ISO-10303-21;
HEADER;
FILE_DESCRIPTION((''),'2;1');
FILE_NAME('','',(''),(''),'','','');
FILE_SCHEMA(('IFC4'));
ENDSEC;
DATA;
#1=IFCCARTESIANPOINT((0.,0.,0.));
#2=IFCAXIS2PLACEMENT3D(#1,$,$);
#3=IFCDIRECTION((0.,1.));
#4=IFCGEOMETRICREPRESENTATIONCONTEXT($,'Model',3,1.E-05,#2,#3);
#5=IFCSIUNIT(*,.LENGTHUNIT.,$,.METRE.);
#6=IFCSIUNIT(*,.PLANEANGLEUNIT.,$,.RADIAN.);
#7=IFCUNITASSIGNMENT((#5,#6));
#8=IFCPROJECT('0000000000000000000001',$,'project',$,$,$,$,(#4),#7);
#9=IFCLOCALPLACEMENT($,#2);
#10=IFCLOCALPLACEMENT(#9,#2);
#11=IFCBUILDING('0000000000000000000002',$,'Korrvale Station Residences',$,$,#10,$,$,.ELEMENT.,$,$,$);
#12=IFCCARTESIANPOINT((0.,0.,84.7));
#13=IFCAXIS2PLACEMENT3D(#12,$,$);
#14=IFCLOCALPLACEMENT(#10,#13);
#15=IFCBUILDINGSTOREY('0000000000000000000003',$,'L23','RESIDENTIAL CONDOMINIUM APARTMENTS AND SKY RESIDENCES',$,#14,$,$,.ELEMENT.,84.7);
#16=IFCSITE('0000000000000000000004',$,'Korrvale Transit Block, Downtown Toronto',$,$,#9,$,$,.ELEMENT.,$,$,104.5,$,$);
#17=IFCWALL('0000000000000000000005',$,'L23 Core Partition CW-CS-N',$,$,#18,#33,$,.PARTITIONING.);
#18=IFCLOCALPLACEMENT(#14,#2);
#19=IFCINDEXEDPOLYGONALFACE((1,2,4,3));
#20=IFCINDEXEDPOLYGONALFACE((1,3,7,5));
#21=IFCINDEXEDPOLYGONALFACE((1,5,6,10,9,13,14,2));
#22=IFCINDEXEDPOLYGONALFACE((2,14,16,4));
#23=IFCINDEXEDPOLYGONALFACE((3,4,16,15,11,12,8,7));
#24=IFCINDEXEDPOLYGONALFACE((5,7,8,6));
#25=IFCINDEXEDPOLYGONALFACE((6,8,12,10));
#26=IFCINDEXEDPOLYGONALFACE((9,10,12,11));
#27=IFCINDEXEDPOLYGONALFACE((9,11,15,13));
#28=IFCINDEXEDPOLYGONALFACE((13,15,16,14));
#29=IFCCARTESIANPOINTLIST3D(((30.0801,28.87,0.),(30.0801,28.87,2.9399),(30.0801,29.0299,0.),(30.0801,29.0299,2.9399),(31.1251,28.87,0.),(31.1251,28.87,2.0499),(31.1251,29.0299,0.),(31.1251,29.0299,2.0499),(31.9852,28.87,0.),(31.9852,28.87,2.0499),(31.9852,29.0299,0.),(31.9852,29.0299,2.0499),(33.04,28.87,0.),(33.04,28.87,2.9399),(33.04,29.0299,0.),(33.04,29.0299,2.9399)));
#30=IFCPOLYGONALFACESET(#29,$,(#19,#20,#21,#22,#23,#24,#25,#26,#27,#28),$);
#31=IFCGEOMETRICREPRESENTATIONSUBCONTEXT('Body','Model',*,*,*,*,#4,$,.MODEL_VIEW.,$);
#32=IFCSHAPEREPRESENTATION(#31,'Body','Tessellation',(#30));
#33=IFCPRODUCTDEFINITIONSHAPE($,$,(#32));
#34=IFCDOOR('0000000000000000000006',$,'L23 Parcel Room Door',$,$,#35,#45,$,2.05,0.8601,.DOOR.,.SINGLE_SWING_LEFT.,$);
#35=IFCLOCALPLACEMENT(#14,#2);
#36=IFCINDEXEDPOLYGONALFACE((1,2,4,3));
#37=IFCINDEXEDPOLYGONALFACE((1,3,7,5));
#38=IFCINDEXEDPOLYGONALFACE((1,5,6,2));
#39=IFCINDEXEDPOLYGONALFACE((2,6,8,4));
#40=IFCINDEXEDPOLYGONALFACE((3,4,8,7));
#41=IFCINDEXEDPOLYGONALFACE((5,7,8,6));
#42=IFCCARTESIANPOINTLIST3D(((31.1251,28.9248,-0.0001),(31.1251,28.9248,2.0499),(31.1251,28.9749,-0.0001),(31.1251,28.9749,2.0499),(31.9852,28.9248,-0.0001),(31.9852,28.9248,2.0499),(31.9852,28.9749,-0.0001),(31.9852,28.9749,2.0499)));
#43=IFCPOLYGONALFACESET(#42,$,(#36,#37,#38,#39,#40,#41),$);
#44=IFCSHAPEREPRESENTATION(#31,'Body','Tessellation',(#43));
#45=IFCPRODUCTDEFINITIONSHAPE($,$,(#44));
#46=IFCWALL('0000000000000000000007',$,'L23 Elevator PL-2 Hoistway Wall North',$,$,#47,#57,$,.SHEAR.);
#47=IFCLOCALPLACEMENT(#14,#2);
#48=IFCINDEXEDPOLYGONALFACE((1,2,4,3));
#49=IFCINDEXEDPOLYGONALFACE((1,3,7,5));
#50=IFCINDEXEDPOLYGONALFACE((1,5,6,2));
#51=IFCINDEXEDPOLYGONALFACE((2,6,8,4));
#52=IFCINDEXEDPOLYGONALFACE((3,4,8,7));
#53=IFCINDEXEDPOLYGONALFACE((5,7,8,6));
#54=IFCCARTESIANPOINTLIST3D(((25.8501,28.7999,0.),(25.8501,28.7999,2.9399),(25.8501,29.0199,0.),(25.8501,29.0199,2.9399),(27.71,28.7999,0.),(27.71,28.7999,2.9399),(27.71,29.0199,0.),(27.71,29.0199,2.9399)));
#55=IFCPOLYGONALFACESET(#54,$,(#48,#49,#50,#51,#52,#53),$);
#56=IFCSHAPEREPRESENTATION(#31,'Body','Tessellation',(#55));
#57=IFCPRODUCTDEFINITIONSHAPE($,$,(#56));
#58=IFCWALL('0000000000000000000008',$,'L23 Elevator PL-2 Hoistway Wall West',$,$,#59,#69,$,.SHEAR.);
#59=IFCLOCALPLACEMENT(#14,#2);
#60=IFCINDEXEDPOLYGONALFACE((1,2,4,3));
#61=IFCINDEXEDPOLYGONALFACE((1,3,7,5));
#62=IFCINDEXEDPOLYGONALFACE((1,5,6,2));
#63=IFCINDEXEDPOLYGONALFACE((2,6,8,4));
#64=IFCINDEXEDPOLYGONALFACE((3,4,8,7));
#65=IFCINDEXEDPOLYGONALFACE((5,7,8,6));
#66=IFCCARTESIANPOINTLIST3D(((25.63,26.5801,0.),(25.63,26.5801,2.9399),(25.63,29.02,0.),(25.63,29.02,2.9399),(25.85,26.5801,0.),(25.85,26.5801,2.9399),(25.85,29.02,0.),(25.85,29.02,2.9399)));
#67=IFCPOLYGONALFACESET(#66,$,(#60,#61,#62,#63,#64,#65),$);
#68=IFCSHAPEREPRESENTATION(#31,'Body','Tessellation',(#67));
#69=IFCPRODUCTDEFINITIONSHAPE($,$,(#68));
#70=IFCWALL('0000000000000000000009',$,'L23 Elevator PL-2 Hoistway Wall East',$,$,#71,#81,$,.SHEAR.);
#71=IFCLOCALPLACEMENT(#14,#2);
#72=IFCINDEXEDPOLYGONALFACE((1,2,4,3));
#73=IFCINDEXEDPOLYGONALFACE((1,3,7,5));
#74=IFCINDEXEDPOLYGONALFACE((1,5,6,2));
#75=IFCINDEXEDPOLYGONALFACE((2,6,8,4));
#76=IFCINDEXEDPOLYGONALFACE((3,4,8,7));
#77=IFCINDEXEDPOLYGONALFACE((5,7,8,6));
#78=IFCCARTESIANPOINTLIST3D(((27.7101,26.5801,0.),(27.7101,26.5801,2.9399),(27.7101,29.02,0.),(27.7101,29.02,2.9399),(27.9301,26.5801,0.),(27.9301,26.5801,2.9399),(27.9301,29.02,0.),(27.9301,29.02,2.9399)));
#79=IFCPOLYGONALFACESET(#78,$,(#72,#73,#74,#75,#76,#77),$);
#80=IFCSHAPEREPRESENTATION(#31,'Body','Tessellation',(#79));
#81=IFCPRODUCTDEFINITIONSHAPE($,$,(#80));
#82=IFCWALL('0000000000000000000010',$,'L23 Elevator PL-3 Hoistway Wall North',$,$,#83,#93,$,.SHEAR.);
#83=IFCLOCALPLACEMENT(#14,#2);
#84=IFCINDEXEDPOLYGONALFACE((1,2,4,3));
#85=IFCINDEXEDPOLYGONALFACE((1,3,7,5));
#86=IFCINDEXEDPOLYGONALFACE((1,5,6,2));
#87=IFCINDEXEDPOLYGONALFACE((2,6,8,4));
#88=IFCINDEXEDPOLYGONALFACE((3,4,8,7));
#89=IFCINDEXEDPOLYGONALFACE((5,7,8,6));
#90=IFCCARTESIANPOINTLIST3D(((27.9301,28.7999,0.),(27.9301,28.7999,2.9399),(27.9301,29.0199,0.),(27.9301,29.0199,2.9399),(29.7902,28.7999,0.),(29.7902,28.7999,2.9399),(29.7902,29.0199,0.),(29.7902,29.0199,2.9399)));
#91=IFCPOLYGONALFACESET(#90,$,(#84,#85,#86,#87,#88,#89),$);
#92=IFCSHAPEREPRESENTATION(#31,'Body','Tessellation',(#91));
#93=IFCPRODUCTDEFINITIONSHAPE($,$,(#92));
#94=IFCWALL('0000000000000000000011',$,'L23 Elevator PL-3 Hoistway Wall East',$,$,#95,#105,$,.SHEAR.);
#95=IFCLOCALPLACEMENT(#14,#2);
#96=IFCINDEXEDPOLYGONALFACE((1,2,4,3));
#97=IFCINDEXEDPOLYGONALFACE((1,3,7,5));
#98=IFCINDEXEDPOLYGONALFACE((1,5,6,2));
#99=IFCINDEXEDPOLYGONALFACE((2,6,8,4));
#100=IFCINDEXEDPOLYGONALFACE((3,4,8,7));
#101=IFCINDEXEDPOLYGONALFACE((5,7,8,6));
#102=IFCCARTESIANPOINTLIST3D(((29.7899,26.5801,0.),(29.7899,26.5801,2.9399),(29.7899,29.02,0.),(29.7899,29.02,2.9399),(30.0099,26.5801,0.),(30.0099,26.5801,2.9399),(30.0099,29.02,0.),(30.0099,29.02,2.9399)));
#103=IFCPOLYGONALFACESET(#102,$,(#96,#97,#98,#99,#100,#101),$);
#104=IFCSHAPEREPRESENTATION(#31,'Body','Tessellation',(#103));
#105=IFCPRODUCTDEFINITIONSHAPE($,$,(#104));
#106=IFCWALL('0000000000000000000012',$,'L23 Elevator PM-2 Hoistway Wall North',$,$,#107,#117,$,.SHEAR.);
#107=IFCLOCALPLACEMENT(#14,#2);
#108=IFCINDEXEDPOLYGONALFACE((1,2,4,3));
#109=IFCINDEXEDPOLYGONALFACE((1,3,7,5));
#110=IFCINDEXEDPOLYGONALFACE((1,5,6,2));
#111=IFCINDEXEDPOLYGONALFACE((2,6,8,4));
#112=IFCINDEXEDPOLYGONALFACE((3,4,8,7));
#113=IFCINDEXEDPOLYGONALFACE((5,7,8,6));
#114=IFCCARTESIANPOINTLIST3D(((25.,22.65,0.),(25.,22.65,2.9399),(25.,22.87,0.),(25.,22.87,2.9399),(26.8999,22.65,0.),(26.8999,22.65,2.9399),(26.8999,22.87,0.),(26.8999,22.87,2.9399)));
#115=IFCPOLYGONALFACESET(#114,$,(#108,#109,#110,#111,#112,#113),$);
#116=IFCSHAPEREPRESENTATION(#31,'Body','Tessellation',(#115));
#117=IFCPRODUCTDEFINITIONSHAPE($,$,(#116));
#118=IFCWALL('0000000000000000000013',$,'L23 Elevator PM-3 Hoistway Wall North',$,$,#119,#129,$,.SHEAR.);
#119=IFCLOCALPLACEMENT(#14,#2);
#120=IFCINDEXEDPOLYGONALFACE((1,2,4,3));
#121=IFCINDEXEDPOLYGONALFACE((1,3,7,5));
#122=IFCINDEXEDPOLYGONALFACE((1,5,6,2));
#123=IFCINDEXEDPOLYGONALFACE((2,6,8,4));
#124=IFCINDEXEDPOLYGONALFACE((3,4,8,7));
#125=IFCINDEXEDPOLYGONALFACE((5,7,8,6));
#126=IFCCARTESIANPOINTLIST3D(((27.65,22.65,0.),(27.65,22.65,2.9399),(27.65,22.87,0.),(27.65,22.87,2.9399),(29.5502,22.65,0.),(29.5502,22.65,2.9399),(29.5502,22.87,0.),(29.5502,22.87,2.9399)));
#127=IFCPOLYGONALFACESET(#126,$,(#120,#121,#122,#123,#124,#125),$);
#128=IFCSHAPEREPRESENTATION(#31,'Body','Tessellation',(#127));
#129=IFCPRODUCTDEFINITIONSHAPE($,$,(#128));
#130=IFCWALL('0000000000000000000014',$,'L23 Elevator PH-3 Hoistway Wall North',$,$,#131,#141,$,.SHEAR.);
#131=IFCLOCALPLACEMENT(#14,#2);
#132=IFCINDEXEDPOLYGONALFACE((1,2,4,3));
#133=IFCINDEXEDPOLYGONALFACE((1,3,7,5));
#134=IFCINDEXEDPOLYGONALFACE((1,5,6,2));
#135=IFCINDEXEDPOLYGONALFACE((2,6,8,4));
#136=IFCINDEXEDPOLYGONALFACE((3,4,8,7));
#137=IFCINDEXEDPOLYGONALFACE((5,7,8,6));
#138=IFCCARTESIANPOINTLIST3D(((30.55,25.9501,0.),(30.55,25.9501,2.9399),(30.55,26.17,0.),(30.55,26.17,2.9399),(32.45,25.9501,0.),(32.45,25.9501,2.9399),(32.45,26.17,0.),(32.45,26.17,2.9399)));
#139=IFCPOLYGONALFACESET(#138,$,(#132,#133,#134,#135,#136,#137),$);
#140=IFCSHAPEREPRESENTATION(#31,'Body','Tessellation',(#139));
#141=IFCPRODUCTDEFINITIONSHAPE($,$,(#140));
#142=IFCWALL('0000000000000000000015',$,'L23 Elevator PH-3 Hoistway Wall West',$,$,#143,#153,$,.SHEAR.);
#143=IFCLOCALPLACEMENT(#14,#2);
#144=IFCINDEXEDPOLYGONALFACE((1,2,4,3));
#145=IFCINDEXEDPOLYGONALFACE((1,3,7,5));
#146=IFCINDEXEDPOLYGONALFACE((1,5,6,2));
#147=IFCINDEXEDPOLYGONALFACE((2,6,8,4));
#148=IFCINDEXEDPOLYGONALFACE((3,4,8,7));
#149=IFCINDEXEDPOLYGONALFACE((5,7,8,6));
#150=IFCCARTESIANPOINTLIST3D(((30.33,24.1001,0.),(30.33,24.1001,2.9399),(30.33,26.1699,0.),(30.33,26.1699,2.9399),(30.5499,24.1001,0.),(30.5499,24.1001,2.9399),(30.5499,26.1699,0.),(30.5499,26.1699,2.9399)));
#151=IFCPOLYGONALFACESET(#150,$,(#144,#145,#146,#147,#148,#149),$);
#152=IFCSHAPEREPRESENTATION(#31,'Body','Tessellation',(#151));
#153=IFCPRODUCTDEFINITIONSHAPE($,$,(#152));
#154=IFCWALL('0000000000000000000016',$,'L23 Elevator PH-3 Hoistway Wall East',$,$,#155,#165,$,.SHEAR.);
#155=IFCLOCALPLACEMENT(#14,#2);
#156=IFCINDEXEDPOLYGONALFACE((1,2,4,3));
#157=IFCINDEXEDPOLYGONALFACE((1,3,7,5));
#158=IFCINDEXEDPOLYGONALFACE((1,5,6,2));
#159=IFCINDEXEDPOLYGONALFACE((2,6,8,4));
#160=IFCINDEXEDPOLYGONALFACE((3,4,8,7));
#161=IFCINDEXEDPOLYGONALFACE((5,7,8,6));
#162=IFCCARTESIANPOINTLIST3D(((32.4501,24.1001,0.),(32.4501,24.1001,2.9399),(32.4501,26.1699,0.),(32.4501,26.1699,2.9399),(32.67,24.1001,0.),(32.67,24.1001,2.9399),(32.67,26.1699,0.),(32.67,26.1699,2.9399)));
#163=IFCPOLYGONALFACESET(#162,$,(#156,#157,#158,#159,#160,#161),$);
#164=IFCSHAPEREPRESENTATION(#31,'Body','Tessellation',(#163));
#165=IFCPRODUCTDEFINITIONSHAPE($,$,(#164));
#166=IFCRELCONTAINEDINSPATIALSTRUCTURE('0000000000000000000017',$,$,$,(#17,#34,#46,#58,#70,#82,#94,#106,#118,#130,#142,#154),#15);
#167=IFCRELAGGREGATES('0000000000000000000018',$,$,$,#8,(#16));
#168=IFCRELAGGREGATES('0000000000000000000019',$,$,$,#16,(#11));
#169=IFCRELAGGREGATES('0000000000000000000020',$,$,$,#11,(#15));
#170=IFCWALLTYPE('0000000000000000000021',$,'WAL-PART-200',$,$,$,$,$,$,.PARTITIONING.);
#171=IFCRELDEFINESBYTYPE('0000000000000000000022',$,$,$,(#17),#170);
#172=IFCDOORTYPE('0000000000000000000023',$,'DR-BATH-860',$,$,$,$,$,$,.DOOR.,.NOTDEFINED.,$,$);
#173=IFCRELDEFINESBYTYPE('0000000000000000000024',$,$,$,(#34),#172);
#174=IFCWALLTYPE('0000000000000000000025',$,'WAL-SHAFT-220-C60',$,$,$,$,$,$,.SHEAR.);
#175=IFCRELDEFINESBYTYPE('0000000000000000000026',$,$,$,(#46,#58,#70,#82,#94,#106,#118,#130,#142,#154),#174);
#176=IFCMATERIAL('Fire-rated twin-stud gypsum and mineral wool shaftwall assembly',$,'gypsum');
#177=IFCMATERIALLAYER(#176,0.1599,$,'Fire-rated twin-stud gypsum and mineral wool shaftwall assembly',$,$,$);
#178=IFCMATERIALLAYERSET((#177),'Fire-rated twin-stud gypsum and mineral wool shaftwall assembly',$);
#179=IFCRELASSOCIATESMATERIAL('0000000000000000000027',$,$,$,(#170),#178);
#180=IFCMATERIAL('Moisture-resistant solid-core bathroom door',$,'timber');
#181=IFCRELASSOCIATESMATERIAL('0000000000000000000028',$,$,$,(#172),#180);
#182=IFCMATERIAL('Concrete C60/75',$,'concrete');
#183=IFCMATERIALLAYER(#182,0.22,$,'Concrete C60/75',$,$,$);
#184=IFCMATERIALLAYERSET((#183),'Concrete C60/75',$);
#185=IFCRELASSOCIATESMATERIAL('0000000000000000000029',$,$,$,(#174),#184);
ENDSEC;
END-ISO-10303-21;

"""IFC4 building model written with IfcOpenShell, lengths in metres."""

from ifc_helpers import new_model, si_unit, direction, frame, frame_2d, origin, place, context, subcontext, project, spatial, rectangle, extrude, material, layer, layer_set, type_object, element, fill, save


model = new_model("IFC4")

# Units and contexts
model_context = context("Model", 3, precision=1e-05, world=origin(), true_north=direction((0.0, 1.0)))
body_context = subcontext(model_context, "Body", "Model", "MODEL_VIEW")
ifc_project = project(units=[si_unit("LENGTHUNIT", "METRE"), si_unit("PLANEANGLEUNIT", "RADIAN")], contexts=[model_context])

# Site, building, storey
site_placement = place(None, origin())
site = spatial("IfcSite", under=ifc_project, at=site_placement, Name="Korrvale Transit Block, Downtown Toronto", CompositionType="ELEMENT", RefElevation=104.5)
building_placement = place(site_placement, origin())
building = spatial("IfcBuilding", under=site, at=building_placement, Name="Korrvale Station Residences", CompositionType="ELEMENT")
storey_placement = place(building_placement, frame((0.0, 0.0, 84.7)))
storey = spatial("IfcBuildingStorey", under=building, at=storey_placement, Name="L23", Description="RESIDENTIAL CONDOMINIUM APARTMENTS AND SKY RESIDENCES", CompositionType="ELEMENT", Elevation=84.7)

# Shared definitions
ifc_material_1 = material(Name="Concrete C60/75", Category="concrete")

# Shared definitions
ifc_material_2 = material(Name="Fire-rated twin-stud gypsum and mineral wool shaftwall assembly", Category="gypsum")
ifc_layer_1 = layer(ifc_material_2, 0.1599, Name="Fire-rated twin-stud gypsum and mineral wool shaftwall assembly")
ifc_layer_set_1 = layer_set([ifc_layer_1], Name="Fire-rated twin-stud gypsum and mineral wool shaftwall assembly")
wall_type_1 = type_object("IfcWallType", Name="WAL-PART-200", PredefinedType="PARTITIONING", material=ifc_layer_set_1)

# Wall, opening, door
wall_1_placement = place(storey_placement, frame((30.0801, 28.95, 0.0), z_axis=(0.0, 0.0, 1.0), x_axis=(1.0, 0.0, 0.0)))
wall_1 = element("IfcWall", 1, at=wall_1_placement, inside=storey, type_object=wall_type_1, Name="L23 Core Partition CW-CS-N", PredefinedType="PARTITIONING", context=body_context, shape_type="SweptSolid", body=[
    extrude(rectangle(XDim=2.96, YDim=0.1599, at=frame_2d((1.48, 0.0))), origin(), (0.0, 0.0, 1.0), 2.9399),
])
opening_1_placement = place(wall_1_placement, frame((1.0449, 0.0, 0.0)))
opening_1 = element("IfcOpeningElement", 2, at=opening_1_placement, cuts=wall_1, PredefinedType="OPENING", context=body_context, shape_type="SweptSolid", body=[
    extrude(rectangle(XDim=0.8601, YDim=2.05, at=frame_2d((0.4302, 1.0249))), frame((0.0, 0.0898, 0.0), z_axis=(0.0, -1.0, 0.0), x_axis=(1.0, 0.0, 0.0)), (0.0, 0.0, 1.0), 0.1799),
])
ifc_material_3 = material(Name="Moisture-resistant solid-core bathroom door", Category="timber")
door_type_1 = type_object("IfcDoorType", Name="DR-BATH-860", OperationType="NOTDEFINED", PredefinedType="DOOR", material=ifc_material_3)
door_1_placement = place(opening_1_placement, origin())
door_1 = element("IfcDoor", 3, at=door_1_placement, inside=storey, type_object=door_type_1, Name="L23 Parcel Room Door", OperationType="SINGLE_SWING_LEFT", OverallHeight=2.05, OverallWidth=0.8601, PredefinedType="DOOR", context=body_context, shape_type="SweptSolid", body=[
    extrude(rectangle(XDim=0.8601, YDim=2.05, at=frame_2d((0.4302, 1.0249))), frame((0.0, 0.0249, 0.0), z_axis=(0.0, -1.0, 0.0), x_axis=(1.0, 0.0, 0.0)), (0.0, 0.0, 1.0), 0.05),
])
fill(opening_1, door_1)
ifc_layer_2 = layer(ifc_material_1, 0.22, Name="Concrete C60/75")
ifc_layer_set_2 = layer_set([ifc_layer_2], Name="Concrete C60/75")
wall_type_2 = type_object("IfcWallType", Name="WAL-SHAFT-220-C60", PredefinedType="SHEAR", material=ifc_layer_set_2)

# Walls
wall_2_placement = place(storey_placement, frame((25.8501, 28.9099, 0.0), z_axis=(0.0, 0.0, 1.0), x_axis=(1.0, 0.0, 0.0)))
element("IfcWall", 4, at=wall_2_placement, inside=storey, type_object=wall_type_2, Name="L23 Elevator PL-2 Hoistway Wall North", PredefinedType="SHEAR", context=body_context, shape_type="SweptSolid", body=[
    extrude(rectangle(XDim=1.8599, YDim=0.22, at=frame_2d((0.9299, 0.0))), origin(), (0.0, 0.0, 1.0), 2.9399),
])
for number, where, z_axis, x_axis, name in (
    (5, (25.74, 26.5801, 0.0), (0.0, 0.0, 1.0), (0.0, 1.0, 0.0), "L23 Elevator PL-2 Hoistway Wall West"),
    (6, (27.8201, 26.5801, 0.0), (0.0, 0.0, 1.0), (0.0, 1.0, 0.0), "L23 Elevator PL-2 Hoistway Wall East"),
):
    element("IfcWall", number, at=place(storey_placement, frame(where, z_axis=z_axis, x_axis=x_axis)), inside=storey, type_object=wall_type_2, Name=name, PredefinedType="SHEAR", context=body_context, shape_type="SweptSolid", body=[
        extrude(rectangle(XDim=2.4399, YDim=0.22, at=frame_2d((1.22, 0.0))), origin(), (0.0, 0.0, 1.0), 2.9399),
    ])

# Walls
wall_3_placement = place(storey_placement, frame((27.9299, 28.9099, 0.0), z_axis=(0.0, 0.0, 1.0), x_axis=(1.0, 0.0, 0.0)))
element("IfcWall", 7, at=wall_3_placement, inside=storey, type_object=wall_type_2, Name="L23 Elevator PL-3 Hoistway Wall North", PredefinedType="SHEAR", context=body_context, shape_type="SweptSolid", body=[
    extrude(rectangle(XDim=1.8601, YDim=0.22, at=frame_2d((0.9302, 0.0))), origin(), (0.0, 0.0, 1.0), 2.9399),
])
wall_4_placement = place(storey_placement, frame((29.8999, 26.5801, 0.0), z_axis=(0.0, 0.0, 1.0), x_axis=(0.0, 1.0, 0.0)))
element("IfcWall", 8, at=wall_4_placement, inside=storey, type_object=wall_type_2, Name="L23 Elevator PL-3 Hoistway Wall East", PredefinedType="SHEAR", context=body_context, shape_type="SweptSolid", body=[
    extrude(rectangle(XDim=2.4399, YDim=0.22, at=frame_2d((1.22, 0.0))), origin(), (0.0, 0.0, 1.0), 2.9399),
])
wall_5_placement = place(storey_placement, frame((25.0, 22.76, 0.0), z_axis=(0.0, 0.0, 1.0), x_axis=(1.0, 0.0, 0.0)))
element("IfcWall", 9, at=wall_5_placement, inside=storey, type_object=wall_type_2, Name="L23 Elevator PM-2 Hoistway Wall North", PredefinedType="SHEAR", context=body_context, shape_type="SweptSolid", body=[
    extrude(rectangle(XDim=1.8999, YDim=0.22, at=frame_2d((0.95, 0.0))), origin(), (0.0, 0.0, 1.0), 2.9399),
])
wall_6_placement = place(storey_placement, frame((27.6499, 22.76, 0.0), z_axis=(0.0, 0.0, 1.0), x_axis=(1.0, 0.0, 0.0)))
element("IfcWall", 10, at=wall_6_placement, inside=storey, type_object=wall_type_2, Name="L23 Elevator PM-3 Hoistway Wall North", PredefinedType="SHEAR", context=body_context, shape_type="SweptSolid", body=[
    extrude(rectangle(XDim=1.9001, YDim=0.22, at=frame_2d((0.9502, 0.0))), origin(), (0.0, 0.0, 1.0), 2.9399),
])
wall_7_placement = place(storey_placement, frame((30.55, 26.0601, 0.0), z_axis=(0.0, 0.0, 1.0), x_axis=(1.0, 0.0, 0.0)))
element("IfcWall", 11, at=wall_7_placement, inside=storey, type_object=wall_type_2, Name="L23 Elevator PH-3 Hoistway Wall North", PredefinedType="SHEAR", context=body_context, shape_type="SweptSolid", body=[
    extrude(rectangle(XDim=1.8999, YDim=0.22, at=frame_2d((0.95, 0.0))), origin(), (0.0, 0.0, 1.0), 2.9399),
])
for number, where, z_axis, x_axis, name in (
    (12, (30.4399, 24.1001, 0.0), (0.0, 0.0, 1.0), (0.0, 1.0, 0.0), "L23 Elevator PH-3 Hoistway Wall West"),
    (13, (32.5601, 24.1001, 0.0), (0.0, 0.0, 1.0), (0.0, 1.0, 0.0), "L23 Elevator PH-3 Hoistway Wall East"),
):
    element("IfcWall", number, at=place(storey_placement, frame(where, z_axis=z_axis, x_axis=x_axis)), inside=storey, type_object=wall_type_2, Name=name, PredefinedType="SHEAR", context=body_context, shape_type="SweptSolid", body=[
        extrude(rectangle(XDim=2.0698, YDim=0.22, at=frame_2d((1.0349, 0.0))), origin(), (0.0, 0.0, 1.0), 2.9399),
    ])

save(model, "model.ifc")
